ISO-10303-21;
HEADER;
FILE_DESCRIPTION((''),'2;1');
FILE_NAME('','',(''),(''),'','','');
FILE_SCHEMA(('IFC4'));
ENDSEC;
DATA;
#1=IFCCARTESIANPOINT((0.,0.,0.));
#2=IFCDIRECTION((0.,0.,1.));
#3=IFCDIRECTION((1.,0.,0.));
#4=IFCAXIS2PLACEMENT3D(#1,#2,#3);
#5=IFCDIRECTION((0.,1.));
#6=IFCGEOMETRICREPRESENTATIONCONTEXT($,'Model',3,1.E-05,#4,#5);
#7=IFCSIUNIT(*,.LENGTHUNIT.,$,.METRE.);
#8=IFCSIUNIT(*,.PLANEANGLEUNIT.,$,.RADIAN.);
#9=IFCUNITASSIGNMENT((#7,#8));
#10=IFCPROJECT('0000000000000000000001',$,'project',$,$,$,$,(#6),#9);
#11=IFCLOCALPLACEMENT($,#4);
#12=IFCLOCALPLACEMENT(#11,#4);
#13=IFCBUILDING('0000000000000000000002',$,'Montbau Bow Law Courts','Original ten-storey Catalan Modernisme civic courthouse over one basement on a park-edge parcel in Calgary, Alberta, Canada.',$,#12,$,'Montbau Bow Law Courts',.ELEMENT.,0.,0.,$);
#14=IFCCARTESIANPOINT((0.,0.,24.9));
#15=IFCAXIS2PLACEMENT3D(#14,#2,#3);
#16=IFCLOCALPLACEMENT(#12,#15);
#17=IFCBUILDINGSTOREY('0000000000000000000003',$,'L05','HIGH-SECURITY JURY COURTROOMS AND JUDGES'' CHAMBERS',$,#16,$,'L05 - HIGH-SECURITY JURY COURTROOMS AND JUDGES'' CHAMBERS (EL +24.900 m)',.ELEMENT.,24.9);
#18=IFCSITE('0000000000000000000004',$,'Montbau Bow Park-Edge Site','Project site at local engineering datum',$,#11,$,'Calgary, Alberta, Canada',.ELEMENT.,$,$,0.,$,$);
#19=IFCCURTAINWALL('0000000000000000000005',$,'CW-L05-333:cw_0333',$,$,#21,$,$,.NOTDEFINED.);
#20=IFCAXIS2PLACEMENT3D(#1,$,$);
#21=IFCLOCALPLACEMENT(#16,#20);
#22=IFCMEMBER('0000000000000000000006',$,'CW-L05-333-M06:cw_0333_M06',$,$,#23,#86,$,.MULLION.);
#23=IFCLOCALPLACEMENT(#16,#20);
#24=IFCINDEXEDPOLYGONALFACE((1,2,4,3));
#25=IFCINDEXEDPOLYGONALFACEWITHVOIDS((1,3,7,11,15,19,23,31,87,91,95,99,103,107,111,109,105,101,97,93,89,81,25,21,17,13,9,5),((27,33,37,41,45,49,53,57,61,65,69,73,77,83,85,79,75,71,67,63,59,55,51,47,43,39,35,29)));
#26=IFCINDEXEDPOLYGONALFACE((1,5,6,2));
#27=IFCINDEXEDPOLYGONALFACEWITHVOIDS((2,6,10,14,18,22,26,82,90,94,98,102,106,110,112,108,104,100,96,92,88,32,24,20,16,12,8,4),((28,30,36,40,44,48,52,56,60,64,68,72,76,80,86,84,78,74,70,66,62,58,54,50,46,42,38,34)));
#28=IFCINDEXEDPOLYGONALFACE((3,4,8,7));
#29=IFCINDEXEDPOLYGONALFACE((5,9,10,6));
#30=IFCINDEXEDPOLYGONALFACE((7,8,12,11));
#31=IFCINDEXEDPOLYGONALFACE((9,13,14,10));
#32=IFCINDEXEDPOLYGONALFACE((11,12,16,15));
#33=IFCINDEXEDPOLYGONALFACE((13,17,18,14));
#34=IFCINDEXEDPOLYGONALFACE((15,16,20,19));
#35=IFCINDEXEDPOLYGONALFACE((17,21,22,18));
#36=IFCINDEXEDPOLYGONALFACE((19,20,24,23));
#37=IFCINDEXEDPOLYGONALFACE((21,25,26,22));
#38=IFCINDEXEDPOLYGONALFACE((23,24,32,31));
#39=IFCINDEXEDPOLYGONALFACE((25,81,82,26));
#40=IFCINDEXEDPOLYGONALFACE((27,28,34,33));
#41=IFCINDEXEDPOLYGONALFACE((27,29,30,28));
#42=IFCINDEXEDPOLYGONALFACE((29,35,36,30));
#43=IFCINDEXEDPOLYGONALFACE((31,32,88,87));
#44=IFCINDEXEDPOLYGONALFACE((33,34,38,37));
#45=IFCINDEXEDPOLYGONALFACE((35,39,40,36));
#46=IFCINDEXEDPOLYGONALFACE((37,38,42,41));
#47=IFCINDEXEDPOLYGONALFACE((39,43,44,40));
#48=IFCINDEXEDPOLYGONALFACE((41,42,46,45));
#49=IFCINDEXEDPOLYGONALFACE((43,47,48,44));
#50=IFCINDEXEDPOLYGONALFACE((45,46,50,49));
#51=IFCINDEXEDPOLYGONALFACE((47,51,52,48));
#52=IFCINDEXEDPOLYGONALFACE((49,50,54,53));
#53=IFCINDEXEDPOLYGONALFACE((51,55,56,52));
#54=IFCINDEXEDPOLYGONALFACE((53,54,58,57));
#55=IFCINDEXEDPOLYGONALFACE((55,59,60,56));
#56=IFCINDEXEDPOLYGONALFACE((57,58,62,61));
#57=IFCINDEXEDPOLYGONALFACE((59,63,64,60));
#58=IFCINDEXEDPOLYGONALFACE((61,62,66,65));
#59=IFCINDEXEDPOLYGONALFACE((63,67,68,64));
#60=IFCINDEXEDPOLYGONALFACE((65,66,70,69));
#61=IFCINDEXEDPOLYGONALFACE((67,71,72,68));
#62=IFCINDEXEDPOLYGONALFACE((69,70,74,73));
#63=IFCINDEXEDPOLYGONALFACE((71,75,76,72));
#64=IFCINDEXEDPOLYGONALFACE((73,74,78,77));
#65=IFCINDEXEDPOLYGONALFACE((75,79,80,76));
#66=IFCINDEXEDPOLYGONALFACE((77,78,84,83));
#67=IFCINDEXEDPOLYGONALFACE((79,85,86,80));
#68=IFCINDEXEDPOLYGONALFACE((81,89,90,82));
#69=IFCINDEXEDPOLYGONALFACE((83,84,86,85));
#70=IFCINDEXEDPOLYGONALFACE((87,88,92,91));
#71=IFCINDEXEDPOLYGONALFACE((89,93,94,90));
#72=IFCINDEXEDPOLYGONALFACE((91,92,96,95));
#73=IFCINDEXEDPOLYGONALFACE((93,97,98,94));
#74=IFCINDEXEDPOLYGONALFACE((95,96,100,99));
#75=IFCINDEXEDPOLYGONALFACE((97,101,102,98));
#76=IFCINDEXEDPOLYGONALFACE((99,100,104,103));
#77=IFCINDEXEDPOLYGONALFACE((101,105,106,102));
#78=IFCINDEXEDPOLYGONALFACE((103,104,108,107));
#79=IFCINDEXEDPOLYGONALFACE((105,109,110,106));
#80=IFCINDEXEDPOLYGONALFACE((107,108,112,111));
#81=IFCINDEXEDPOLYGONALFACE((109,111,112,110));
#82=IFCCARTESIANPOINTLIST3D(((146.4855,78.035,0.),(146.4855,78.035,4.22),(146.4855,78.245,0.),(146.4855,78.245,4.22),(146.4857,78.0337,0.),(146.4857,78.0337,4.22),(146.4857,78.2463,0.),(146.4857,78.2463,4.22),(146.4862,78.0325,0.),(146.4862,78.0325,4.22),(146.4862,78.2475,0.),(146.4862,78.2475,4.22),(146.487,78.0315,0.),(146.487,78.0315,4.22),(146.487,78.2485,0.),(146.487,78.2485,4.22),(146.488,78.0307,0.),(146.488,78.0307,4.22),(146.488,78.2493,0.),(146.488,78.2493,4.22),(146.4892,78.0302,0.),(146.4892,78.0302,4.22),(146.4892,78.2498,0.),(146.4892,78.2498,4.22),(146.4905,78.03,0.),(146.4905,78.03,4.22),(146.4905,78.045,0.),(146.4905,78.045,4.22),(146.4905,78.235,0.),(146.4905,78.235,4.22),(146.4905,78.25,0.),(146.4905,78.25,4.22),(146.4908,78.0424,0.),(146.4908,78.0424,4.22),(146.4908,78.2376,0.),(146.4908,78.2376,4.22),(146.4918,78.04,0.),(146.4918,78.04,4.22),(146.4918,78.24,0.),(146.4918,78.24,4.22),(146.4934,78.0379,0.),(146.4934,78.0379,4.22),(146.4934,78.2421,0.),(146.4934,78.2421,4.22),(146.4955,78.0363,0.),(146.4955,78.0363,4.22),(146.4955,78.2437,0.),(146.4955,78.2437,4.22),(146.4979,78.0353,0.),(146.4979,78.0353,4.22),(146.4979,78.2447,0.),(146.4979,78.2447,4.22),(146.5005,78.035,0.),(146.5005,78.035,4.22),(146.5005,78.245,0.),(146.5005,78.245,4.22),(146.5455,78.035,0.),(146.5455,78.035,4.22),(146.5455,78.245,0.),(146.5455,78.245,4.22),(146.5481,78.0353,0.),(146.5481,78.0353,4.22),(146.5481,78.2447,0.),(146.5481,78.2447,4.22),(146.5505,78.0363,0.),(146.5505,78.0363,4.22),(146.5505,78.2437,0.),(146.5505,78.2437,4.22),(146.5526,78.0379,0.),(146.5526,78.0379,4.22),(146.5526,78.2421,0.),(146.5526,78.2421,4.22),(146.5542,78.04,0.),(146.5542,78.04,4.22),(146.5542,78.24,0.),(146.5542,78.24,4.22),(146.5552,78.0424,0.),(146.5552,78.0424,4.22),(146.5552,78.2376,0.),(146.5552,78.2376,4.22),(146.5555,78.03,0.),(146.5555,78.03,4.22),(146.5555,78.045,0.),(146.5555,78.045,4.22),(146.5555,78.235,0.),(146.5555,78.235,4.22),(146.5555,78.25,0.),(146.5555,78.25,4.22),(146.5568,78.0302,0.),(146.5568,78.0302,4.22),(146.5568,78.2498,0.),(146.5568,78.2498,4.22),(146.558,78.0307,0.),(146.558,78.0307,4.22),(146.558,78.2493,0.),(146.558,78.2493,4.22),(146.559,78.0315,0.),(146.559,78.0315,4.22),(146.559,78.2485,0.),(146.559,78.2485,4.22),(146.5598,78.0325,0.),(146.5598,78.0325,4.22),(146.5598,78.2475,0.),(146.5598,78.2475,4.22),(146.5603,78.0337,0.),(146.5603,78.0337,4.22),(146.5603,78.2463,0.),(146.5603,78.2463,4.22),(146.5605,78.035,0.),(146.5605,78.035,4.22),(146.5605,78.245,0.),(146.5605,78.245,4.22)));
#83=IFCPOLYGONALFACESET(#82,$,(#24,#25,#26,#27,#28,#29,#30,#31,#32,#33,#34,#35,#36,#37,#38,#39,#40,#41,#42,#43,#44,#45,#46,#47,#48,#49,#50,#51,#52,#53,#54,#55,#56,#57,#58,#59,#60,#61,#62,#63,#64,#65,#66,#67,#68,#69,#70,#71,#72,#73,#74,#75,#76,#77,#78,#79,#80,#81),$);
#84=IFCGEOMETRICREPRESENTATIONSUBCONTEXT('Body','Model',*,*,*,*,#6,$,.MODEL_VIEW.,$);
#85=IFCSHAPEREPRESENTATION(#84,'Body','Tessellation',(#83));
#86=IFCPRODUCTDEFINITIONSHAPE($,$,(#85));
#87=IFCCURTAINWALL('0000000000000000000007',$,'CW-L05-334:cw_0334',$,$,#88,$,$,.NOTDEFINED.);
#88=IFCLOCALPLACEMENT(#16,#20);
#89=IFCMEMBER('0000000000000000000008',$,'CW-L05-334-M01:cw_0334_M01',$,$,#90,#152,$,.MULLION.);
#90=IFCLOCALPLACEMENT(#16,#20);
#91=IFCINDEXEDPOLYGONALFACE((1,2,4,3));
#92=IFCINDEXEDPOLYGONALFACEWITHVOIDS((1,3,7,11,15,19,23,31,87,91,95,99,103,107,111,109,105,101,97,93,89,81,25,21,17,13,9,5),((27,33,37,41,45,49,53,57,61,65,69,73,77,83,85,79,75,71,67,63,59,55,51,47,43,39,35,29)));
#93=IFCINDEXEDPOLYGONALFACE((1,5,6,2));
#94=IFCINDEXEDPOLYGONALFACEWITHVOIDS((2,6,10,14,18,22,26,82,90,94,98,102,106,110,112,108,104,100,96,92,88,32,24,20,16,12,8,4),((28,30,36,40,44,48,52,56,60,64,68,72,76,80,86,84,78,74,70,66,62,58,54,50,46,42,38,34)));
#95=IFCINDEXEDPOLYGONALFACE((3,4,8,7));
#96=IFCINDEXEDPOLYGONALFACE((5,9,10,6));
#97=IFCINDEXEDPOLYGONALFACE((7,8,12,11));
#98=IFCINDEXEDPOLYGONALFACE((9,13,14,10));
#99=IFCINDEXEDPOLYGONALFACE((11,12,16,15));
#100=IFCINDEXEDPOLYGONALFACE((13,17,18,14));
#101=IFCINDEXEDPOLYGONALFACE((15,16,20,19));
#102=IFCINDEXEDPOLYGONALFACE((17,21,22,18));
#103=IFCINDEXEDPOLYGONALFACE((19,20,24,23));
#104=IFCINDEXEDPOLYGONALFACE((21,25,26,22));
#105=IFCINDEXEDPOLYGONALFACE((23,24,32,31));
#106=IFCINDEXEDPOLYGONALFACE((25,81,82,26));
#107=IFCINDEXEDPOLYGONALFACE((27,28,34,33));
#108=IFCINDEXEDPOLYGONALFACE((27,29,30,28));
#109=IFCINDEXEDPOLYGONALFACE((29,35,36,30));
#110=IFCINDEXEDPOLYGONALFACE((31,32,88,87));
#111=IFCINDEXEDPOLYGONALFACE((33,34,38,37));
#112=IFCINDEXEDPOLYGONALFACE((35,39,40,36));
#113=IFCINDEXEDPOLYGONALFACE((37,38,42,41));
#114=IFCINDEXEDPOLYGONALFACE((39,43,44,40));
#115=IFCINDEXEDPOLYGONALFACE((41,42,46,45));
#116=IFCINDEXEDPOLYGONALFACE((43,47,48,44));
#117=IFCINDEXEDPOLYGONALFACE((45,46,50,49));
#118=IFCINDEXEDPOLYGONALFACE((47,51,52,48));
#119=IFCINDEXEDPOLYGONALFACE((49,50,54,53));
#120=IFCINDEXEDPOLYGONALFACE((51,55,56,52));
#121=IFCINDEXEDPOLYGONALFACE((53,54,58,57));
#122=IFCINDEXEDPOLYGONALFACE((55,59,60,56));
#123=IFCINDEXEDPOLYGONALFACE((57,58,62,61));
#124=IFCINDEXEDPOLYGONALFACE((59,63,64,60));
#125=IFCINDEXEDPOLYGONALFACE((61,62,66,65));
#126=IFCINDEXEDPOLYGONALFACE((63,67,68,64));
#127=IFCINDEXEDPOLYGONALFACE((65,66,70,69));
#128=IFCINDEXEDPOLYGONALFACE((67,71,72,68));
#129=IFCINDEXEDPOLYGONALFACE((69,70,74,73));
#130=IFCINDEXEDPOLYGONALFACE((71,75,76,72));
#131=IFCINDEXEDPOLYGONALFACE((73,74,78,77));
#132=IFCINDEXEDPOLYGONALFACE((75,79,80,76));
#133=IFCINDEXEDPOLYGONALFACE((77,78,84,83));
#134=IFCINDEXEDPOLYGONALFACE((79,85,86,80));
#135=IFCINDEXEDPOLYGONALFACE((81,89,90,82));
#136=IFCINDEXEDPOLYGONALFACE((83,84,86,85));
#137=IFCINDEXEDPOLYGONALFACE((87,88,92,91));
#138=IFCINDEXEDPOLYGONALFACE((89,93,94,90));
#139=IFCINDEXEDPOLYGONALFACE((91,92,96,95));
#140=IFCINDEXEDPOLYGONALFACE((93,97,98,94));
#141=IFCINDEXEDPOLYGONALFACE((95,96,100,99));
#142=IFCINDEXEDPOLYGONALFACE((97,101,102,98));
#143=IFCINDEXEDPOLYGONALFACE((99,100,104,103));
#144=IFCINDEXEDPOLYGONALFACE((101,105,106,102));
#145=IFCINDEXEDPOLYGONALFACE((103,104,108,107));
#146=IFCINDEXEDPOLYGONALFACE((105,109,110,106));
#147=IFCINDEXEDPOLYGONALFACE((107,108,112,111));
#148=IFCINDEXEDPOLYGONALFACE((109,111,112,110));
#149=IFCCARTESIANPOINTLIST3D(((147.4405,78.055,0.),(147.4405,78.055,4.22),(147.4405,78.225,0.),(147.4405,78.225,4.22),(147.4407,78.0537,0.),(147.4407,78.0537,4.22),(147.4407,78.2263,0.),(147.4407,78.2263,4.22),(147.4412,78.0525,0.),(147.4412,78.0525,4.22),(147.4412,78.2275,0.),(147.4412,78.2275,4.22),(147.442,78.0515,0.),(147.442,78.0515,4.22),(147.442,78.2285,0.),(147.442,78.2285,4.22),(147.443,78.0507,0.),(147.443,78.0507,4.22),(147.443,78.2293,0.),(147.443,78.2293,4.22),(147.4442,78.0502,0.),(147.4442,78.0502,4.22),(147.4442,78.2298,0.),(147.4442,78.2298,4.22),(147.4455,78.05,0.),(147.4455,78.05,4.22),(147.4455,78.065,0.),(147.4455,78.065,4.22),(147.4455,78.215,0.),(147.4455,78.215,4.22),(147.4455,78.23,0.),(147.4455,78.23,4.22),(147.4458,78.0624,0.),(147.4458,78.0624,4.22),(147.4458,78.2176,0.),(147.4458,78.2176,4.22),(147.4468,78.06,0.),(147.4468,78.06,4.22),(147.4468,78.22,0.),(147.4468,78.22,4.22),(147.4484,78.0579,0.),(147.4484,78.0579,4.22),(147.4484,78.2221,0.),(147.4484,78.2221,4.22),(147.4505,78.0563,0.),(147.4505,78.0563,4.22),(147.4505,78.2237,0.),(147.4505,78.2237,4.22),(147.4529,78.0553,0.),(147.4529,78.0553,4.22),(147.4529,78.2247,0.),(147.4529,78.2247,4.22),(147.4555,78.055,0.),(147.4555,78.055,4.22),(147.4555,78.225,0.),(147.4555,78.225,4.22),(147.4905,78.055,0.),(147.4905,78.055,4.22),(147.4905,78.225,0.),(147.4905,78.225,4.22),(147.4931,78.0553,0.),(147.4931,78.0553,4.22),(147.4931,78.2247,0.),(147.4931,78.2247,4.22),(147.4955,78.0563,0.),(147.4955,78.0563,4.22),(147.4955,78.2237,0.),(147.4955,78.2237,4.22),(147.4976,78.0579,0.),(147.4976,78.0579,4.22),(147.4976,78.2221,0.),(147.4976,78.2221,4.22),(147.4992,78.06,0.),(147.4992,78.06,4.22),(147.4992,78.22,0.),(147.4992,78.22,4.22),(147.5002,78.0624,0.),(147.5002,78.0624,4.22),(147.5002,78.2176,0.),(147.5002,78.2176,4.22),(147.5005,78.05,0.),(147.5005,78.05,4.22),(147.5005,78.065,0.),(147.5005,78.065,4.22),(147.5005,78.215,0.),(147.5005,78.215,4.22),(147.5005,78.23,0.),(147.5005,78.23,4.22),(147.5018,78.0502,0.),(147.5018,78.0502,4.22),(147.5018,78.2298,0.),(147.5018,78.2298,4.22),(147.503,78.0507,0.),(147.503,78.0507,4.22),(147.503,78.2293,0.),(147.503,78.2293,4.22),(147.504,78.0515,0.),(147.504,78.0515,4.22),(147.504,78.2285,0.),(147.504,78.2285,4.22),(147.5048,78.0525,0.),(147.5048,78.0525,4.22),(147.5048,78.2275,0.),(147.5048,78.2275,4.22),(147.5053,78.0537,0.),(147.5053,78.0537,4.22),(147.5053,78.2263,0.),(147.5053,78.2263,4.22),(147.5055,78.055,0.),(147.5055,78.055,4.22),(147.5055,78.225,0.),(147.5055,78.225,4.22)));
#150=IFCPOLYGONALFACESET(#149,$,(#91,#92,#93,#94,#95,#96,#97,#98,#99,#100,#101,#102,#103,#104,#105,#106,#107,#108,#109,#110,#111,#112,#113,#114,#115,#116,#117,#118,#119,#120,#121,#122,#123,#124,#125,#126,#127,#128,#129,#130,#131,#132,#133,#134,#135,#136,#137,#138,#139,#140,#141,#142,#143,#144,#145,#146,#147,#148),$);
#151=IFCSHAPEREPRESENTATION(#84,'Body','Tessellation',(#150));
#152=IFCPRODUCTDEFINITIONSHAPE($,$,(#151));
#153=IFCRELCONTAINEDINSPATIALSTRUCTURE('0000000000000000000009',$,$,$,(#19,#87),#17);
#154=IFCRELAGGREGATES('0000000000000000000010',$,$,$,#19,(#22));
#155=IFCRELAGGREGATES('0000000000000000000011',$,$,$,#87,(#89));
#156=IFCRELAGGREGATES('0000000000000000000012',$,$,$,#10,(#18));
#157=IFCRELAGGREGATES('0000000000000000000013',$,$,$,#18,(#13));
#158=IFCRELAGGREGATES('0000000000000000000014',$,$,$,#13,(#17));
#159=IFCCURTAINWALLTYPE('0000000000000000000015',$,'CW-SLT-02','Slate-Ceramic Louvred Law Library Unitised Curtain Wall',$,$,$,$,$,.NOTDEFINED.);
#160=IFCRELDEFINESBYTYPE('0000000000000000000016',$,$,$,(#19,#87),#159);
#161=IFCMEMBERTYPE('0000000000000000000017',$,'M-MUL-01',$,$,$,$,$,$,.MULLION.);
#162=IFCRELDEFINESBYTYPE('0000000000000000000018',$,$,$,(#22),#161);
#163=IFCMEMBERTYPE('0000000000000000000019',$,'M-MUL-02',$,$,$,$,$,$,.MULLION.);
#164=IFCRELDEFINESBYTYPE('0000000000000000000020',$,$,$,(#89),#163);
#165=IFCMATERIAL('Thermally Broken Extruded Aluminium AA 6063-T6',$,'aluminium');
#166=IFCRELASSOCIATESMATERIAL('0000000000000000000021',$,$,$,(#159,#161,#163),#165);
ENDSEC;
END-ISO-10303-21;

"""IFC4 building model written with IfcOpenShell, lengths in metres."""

from ifc_helpers import new_model, si_unit, direction, frame, origin_with_axes, origin_2d_with_axis, place, context, subcontext, project, spatial, hollow_rectangle, extrude, material, material_profile, profile_set, type_object, element, aggregate, save


model = new_model("IFC4")

# Units and contexts
model_context = context("Model", 3, precision=1e-05, world=origin_with_axes(), true_north=direction((0.0, 1.0)))
body_context = subcontext(model_context, "Body", "Model", "MODEL_VIEW")
ifc_project = project(units=[si_unit("LENGTHUNIT", "METRE"), si_unit("PLANEANGLEUNIT", "RADIAN")], contexts=[model_context])

# Site, building, storey
site_placement = place(None, origin_with_axes())
site = spatial("IfcSite", under=ifc_project, at=site_placement, Name="Montbau Bow Park-Edge Site", Description="Project site at local engineering datum", LongName="Calgary, Alberta, Canada", CompositionType="ELEMENT", RefElevation=0.0)
building_placement = place(site_placement, origin_with_axes())
building = spatial("IfcBuilding", under=site, at=building_placement, Name="Montbau Bow Law Courts", Description="Original ten-storey Catalan Modernisme civic courthouse over one basement on a park-edge parcel in Calgary, Alberta, Canada.", LongName="Montbau Bow Law Courts", CompositionType="ELEMENT", ElevationOfRefHeight=0.0, ElevationOfTerrain=0.0)
storey_placement = place(building_placement, frame((0.0, 0.0, 24.9), z_axis=(0.0, 0.0, 1.0), x_axis=(1.0, 0.0, 0.0)))
storey = spatial("IfcBuildingStorey", under=building, at=storey_placement, Name="L05", Description="HIGH-SECURITY JURY COURTROOMS AND JUDGES' CHAMBERS", LongName="L05 - HIGH-SECURITY JURY COURTROOMS AND JUDGES' CHAMBERS (EL +24.900 m)", CompositionType="ELEMENT", Elevation=24.9)

# Curtain wall, member
ifc_material_1 = material(Name="Thermally Broken Extruded Aluminium AA 6063-T6", Category="aluminium")
curtain_wall_type = type_object("IfcCurtainWallType", Name="CW-SLT-02", Description="Slate-Ceramic Louvred Law Library Unitised Curtain Wall", PredefinedType="NOTDEFINED", material=ifc_material_1)
curtain_wall_1_placement = place(None, frame((139.04, 78.14, 24.9), z_axis=(0.0, 0.0, 1.0), x_axis=(1.0, 0.0, 0.0)))
curtain_wall_1 = element("IfcCurtainWall", 1, at=curtain_wall_1_placement, inside=storey, type_object=curtain_wall_type, Name="CW-L05-333:cw_0333", PredefinedType="NOTDEFINED")
ifc_material_profile_1 = material_profile(ifc_material_1, hollow_rectangle(XDim=0.075, YDim=0.22, WallThickness=0.005, InnerFilletRadius=0.01, OuterFilletRadius=0.005, at=origin_2d_with_axis()), Name="CWM-220X75", Category="Main", Priority=0)
ifc_profile_set_1 = profile_set([ifc_material_profile_1], Name="Thermally Broken Extruded Aluminium AA 6063-T6")
member_type_1 = type_object("IfcMemberType", Name="M-MUL-01", PredefinedType="MULLION", material=ifc_profile_set_1)
member_1_placement = place(None, frame((146.523, 78.14, 24.9), z_axis=(0.0, 0.0, 1.0), x_axis=(1.0, 0.0, 0.0)))
member_1 = element("IfcMember", 2, at=member_1_placement, type_object=member_type_1, Name="CW-L05-333-M06:cw_0333_M06", PredefinedType="MULLION", context=body_context, shape_type="SweptSolid", body=[
    extrude(hollow_rectangle(XDim=0.075, YDim=0.22, WallThickness=0.005, InnerFilletRadius=0.01, OuterFilletRadius=0.005, at=origin_2d_with_axis()), origin_with_axes(), (0.0, 0.0, 1.0), 4.22),
])
aggregate(curtain_wall_1, [member_1])

# Curtain wall, member
curtain_wall_2_placement = place(None, frame((147.44, 78.14, 24.9), z_axis=(0.0, 0.0, 1.0), x_axis=(1.0, 0.0, 0.0)))
curtain_wall_2 = element("IfcCurtainWall", 3, at=curtain_wall_2_placement, inside=storey, type_object=curtain_wall_type, Name="CW-L05-334:cw_0334", PredefinedType="NOTDEFINED")
ifc_material_profile_2 = material_profile(ifc_material_1, hollow_rectangle(XDim=0.065, YDim=0.18, WallThickness=0.005, InnerFilletRadius=0.01, OuterFilletRadius=0.005, at=origin_2d_with_axis()), Name="CWM-180X65", Category="Main", Priority=0)
ifc_profile_set_2 = profile_set([ifc_material_profile_2], Name="Thermally Broken Extruded Aluminium AA 6063-T6")
member_type_2 = type_object("IfcMemberType", Name="M-MUL-02", PredefinedType="MULLION", material=ifc_profile_set_2)
member_2_placement = place(None, frame((147.473, 78.14, 24.9), z_axis=(0.0, 0.0, 1.0), x_axis=(1.0, 0.0, 0.0)))
member_2 = element("IfcMember", 4, at=member_2_placement, type_object=member_type_2, Name="CW-L05-334-M01:cw_0334_M01", PredefinedType="MULLION", context=body_context, shape_type="SweptSolid", body=[
    extrude(hollow_rectangle(XDim=0.065, YDim=0.18, WallThickness=0.005, InnerFilletRadius=0.01, OuterFilletRadius=0.005, at=origin_2d_with_axis()), origin_with_axes(), (0.0, 0.0, 1.0), 4.22),
])
aggregate(curtain_wall_2, [member_2])

save(model, "model.ifc")
